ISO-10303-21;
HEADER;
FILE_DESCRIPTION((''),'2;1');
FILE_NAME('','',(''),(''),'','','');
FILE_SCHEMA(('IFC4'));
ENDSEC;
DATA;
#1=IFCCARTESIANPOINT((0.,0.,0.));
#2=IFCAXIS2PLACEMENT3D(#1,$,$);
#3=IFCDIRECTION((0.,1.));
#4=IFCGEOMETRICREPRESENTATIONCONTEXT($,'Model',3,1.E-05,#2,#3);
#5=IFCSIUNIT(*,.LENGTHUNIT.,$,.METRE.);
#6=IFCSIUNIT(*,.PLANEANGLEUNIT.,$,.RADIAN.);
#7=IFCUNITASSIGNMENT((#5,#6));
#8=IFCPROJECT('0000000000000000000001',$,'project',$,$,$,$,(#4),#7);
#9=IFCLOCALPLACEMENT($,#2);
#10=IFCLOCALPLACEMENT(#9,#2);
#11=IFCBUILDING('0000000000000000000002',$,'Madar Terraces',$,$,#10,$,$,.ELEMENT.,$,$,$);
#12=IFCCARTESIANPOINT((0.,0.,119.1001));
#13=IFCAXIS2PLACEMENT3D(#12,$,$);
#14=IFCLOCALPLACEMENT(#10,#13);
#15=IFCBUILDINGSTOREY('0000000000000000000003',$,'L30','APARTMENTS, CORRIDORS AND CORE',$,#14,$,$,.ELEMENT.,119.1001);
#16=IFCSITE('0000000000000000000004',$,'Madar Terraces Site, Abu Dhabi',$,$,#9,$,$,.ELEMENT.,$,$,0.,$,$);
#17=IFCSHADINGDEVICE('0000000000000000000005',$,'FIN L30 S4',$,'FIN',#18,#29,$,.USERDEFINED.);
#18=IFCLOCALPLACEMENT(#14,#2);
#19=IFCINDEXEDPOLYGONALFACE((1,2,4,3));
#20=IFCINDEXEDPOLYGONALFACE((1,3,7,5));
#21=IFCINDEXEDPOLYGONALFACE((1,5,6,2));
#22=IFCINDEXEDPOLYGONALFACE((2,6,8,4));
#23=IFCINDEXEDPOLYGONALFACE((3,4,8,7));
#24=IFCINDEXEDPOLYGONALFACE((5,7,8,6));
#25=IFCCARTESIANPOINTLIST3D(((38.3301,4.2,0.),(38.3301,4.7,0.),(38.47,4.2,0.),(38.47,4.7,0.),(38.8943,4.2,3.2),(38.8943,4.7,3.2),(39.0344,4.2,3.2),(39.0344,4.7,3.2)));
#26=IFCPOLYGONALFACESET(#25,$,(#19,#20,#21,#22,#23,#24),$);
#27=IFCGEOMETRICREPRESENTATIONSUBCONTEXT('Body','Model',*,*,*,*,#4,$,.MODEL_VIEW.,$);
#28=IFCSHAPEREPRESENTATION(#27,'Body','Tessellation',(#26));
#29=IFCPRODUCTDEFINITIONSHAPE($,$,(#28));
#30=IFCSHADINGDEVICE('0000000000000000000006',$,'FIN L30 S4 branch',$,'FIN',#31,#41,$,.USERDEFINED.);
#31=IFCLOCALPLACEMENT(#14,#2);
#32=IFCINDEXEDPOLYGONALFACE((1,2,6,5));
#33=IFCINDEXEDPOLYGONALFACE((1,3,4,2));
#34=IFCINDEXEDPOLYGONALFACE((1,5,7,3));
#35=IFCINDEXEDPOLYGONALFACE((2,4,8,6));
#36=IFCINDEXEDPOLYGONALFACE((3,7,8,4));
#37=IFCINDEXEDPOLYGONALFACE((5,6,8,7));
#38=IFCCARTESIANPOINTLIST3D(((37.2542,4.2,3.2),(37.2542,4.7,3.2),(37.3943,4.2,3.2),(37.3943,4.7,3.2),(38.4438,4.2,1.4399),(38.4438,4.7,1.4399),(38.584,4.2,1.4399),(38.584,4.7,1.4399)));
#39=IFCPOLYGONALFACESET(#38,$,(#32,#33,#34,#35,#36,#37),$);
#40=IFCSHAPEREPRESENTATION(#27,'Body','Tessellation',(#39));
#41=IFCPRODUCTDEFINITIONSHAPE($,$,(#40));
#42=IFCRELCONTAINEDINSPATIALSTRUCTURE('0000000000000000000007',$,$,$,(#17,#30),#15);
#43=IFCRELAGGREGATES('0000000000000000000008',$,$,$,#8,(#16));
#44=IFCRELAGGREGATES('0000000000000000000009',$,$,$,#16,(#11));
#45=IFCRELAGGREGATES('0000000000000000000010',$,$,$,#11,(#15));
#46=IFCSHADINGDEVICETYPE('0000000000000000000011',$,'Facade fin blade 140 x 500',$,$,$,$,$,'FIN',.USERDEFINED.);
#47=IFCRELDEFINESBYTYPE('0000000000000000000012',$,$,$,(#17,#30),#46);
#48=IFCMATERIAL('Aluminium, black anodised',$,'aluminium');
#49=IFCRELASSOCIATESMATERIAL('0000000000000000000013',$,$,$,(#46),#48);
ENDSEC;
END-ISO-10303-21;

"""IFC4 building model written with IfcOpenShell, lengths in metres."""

from ifc_helpers import new_model, si_unit, direction, frame, origin, place, context, subcontext, project, spatial, polyline, outline, extrude, material, type_object, element, save


model = new_model("IFC4")

# Units and contexts
model_context = context("Model", 3, precision=1e-05, world=origin(), true_north=direction((0.0, 1.0)))
body_context = subcontext(model_context, "Body", "Model", "MODEL_VIEW")
ifc_project = project(units=[si_unit("LENGTHUNIT", "METRE"), si_unit("PLANEANGLEUNIT", "RADIAN")], contexts=[model_context])

# Site, building, storey
site_placement = place(None, origin())
site = spatial("IfcSite", under=ifc_project, at=site_placement, Name="Madar Terraces Site, Abu Dhabi", CompositionType="ELEMENT", RefElevation=0.0)
building_placement = place(site_placement, origin())
building = spatial("IfcBuilding", under=site, at=building_placement, Name="Madar Terraces", CompositionType="ELEMENT")
storey_placement = place(building_placement, frame((0.0, 0.0, 119.1001)))
storey = spatial("IfcBuildingStorey", under=building, at=storey_placement, Name="L30", Description="APARTMENTS, CORRIDORS AND CORE", CompositionType="ELEMENT", Elevation=119.1001)

# Shading devices
ifc_material_1 = material(Name="Aluminium, black anodised", Category="aluminium")
shading_device_type = type_object("IfcShadingDeviceType", Name="Facade fin blade 140 x 500", ElementType="FIN", PredefinedType="USERDEFINED", material=ifc_material_1)
shading_device_1_placement = place(storey_placement, frame((38.3301, 4.45, 0.0), z_axis=(0.0, 0.0, 1.0), x_axis=(1.0, 0.0, 0.0)))
element("IfcShadingDevice", 1, at=shading_device_1_placement, inside=storey, type_object=shading_device_type, Name="FIN L30 S4", ObjectType="FIN", PredefinedType="USERDEFINED", context=body_context, shape_type="SweptSolid", body=[
    extrude(outline(polyline([(0.0, 0.0), (0.1399, 0.0), (0.7043, 3.2), (0.5642, 3.2), (0.0, 0.0)])), frame((0.0, 0.25, 0.0), z_axis=(0.0, -1.0, 0.0), x_axis=(1.0, 0.0, 0.0)), (0.0, 0.0, 1.0), 0.5),
])
shading_device_2_placement = place(storey_placement, frame((38.4438, 4.45, 1.4399), z_axis=(0.0, 0.0, 1.0), x_axis=(1.0, 0.0, 0.0)))
element("IfcShadingDevice", 2, at=shading_device_2_placement, inside=storey, type_object=shading_device_type, Name="FIN L30 S4 branch", ObjectType="FIN", PredefinedType="USERDEFINED", context=body_context, shape_type="SweptSolid", body=[
    extrude(outline(polyline([(0.0, 0.0), (0.1401, 0.0), (-1.0496, 1.76), (-1.1897, 1.76), (0.0, 0.0)])), frame((0.0, 0.25, 0.0), z_axis=(0.0, -1.0, 0.0), x_axis=(1.0, 0.0, 0.0)), (0.0, 0.0, 1.0), 0.5),
])

save(model, "model.ifc")
